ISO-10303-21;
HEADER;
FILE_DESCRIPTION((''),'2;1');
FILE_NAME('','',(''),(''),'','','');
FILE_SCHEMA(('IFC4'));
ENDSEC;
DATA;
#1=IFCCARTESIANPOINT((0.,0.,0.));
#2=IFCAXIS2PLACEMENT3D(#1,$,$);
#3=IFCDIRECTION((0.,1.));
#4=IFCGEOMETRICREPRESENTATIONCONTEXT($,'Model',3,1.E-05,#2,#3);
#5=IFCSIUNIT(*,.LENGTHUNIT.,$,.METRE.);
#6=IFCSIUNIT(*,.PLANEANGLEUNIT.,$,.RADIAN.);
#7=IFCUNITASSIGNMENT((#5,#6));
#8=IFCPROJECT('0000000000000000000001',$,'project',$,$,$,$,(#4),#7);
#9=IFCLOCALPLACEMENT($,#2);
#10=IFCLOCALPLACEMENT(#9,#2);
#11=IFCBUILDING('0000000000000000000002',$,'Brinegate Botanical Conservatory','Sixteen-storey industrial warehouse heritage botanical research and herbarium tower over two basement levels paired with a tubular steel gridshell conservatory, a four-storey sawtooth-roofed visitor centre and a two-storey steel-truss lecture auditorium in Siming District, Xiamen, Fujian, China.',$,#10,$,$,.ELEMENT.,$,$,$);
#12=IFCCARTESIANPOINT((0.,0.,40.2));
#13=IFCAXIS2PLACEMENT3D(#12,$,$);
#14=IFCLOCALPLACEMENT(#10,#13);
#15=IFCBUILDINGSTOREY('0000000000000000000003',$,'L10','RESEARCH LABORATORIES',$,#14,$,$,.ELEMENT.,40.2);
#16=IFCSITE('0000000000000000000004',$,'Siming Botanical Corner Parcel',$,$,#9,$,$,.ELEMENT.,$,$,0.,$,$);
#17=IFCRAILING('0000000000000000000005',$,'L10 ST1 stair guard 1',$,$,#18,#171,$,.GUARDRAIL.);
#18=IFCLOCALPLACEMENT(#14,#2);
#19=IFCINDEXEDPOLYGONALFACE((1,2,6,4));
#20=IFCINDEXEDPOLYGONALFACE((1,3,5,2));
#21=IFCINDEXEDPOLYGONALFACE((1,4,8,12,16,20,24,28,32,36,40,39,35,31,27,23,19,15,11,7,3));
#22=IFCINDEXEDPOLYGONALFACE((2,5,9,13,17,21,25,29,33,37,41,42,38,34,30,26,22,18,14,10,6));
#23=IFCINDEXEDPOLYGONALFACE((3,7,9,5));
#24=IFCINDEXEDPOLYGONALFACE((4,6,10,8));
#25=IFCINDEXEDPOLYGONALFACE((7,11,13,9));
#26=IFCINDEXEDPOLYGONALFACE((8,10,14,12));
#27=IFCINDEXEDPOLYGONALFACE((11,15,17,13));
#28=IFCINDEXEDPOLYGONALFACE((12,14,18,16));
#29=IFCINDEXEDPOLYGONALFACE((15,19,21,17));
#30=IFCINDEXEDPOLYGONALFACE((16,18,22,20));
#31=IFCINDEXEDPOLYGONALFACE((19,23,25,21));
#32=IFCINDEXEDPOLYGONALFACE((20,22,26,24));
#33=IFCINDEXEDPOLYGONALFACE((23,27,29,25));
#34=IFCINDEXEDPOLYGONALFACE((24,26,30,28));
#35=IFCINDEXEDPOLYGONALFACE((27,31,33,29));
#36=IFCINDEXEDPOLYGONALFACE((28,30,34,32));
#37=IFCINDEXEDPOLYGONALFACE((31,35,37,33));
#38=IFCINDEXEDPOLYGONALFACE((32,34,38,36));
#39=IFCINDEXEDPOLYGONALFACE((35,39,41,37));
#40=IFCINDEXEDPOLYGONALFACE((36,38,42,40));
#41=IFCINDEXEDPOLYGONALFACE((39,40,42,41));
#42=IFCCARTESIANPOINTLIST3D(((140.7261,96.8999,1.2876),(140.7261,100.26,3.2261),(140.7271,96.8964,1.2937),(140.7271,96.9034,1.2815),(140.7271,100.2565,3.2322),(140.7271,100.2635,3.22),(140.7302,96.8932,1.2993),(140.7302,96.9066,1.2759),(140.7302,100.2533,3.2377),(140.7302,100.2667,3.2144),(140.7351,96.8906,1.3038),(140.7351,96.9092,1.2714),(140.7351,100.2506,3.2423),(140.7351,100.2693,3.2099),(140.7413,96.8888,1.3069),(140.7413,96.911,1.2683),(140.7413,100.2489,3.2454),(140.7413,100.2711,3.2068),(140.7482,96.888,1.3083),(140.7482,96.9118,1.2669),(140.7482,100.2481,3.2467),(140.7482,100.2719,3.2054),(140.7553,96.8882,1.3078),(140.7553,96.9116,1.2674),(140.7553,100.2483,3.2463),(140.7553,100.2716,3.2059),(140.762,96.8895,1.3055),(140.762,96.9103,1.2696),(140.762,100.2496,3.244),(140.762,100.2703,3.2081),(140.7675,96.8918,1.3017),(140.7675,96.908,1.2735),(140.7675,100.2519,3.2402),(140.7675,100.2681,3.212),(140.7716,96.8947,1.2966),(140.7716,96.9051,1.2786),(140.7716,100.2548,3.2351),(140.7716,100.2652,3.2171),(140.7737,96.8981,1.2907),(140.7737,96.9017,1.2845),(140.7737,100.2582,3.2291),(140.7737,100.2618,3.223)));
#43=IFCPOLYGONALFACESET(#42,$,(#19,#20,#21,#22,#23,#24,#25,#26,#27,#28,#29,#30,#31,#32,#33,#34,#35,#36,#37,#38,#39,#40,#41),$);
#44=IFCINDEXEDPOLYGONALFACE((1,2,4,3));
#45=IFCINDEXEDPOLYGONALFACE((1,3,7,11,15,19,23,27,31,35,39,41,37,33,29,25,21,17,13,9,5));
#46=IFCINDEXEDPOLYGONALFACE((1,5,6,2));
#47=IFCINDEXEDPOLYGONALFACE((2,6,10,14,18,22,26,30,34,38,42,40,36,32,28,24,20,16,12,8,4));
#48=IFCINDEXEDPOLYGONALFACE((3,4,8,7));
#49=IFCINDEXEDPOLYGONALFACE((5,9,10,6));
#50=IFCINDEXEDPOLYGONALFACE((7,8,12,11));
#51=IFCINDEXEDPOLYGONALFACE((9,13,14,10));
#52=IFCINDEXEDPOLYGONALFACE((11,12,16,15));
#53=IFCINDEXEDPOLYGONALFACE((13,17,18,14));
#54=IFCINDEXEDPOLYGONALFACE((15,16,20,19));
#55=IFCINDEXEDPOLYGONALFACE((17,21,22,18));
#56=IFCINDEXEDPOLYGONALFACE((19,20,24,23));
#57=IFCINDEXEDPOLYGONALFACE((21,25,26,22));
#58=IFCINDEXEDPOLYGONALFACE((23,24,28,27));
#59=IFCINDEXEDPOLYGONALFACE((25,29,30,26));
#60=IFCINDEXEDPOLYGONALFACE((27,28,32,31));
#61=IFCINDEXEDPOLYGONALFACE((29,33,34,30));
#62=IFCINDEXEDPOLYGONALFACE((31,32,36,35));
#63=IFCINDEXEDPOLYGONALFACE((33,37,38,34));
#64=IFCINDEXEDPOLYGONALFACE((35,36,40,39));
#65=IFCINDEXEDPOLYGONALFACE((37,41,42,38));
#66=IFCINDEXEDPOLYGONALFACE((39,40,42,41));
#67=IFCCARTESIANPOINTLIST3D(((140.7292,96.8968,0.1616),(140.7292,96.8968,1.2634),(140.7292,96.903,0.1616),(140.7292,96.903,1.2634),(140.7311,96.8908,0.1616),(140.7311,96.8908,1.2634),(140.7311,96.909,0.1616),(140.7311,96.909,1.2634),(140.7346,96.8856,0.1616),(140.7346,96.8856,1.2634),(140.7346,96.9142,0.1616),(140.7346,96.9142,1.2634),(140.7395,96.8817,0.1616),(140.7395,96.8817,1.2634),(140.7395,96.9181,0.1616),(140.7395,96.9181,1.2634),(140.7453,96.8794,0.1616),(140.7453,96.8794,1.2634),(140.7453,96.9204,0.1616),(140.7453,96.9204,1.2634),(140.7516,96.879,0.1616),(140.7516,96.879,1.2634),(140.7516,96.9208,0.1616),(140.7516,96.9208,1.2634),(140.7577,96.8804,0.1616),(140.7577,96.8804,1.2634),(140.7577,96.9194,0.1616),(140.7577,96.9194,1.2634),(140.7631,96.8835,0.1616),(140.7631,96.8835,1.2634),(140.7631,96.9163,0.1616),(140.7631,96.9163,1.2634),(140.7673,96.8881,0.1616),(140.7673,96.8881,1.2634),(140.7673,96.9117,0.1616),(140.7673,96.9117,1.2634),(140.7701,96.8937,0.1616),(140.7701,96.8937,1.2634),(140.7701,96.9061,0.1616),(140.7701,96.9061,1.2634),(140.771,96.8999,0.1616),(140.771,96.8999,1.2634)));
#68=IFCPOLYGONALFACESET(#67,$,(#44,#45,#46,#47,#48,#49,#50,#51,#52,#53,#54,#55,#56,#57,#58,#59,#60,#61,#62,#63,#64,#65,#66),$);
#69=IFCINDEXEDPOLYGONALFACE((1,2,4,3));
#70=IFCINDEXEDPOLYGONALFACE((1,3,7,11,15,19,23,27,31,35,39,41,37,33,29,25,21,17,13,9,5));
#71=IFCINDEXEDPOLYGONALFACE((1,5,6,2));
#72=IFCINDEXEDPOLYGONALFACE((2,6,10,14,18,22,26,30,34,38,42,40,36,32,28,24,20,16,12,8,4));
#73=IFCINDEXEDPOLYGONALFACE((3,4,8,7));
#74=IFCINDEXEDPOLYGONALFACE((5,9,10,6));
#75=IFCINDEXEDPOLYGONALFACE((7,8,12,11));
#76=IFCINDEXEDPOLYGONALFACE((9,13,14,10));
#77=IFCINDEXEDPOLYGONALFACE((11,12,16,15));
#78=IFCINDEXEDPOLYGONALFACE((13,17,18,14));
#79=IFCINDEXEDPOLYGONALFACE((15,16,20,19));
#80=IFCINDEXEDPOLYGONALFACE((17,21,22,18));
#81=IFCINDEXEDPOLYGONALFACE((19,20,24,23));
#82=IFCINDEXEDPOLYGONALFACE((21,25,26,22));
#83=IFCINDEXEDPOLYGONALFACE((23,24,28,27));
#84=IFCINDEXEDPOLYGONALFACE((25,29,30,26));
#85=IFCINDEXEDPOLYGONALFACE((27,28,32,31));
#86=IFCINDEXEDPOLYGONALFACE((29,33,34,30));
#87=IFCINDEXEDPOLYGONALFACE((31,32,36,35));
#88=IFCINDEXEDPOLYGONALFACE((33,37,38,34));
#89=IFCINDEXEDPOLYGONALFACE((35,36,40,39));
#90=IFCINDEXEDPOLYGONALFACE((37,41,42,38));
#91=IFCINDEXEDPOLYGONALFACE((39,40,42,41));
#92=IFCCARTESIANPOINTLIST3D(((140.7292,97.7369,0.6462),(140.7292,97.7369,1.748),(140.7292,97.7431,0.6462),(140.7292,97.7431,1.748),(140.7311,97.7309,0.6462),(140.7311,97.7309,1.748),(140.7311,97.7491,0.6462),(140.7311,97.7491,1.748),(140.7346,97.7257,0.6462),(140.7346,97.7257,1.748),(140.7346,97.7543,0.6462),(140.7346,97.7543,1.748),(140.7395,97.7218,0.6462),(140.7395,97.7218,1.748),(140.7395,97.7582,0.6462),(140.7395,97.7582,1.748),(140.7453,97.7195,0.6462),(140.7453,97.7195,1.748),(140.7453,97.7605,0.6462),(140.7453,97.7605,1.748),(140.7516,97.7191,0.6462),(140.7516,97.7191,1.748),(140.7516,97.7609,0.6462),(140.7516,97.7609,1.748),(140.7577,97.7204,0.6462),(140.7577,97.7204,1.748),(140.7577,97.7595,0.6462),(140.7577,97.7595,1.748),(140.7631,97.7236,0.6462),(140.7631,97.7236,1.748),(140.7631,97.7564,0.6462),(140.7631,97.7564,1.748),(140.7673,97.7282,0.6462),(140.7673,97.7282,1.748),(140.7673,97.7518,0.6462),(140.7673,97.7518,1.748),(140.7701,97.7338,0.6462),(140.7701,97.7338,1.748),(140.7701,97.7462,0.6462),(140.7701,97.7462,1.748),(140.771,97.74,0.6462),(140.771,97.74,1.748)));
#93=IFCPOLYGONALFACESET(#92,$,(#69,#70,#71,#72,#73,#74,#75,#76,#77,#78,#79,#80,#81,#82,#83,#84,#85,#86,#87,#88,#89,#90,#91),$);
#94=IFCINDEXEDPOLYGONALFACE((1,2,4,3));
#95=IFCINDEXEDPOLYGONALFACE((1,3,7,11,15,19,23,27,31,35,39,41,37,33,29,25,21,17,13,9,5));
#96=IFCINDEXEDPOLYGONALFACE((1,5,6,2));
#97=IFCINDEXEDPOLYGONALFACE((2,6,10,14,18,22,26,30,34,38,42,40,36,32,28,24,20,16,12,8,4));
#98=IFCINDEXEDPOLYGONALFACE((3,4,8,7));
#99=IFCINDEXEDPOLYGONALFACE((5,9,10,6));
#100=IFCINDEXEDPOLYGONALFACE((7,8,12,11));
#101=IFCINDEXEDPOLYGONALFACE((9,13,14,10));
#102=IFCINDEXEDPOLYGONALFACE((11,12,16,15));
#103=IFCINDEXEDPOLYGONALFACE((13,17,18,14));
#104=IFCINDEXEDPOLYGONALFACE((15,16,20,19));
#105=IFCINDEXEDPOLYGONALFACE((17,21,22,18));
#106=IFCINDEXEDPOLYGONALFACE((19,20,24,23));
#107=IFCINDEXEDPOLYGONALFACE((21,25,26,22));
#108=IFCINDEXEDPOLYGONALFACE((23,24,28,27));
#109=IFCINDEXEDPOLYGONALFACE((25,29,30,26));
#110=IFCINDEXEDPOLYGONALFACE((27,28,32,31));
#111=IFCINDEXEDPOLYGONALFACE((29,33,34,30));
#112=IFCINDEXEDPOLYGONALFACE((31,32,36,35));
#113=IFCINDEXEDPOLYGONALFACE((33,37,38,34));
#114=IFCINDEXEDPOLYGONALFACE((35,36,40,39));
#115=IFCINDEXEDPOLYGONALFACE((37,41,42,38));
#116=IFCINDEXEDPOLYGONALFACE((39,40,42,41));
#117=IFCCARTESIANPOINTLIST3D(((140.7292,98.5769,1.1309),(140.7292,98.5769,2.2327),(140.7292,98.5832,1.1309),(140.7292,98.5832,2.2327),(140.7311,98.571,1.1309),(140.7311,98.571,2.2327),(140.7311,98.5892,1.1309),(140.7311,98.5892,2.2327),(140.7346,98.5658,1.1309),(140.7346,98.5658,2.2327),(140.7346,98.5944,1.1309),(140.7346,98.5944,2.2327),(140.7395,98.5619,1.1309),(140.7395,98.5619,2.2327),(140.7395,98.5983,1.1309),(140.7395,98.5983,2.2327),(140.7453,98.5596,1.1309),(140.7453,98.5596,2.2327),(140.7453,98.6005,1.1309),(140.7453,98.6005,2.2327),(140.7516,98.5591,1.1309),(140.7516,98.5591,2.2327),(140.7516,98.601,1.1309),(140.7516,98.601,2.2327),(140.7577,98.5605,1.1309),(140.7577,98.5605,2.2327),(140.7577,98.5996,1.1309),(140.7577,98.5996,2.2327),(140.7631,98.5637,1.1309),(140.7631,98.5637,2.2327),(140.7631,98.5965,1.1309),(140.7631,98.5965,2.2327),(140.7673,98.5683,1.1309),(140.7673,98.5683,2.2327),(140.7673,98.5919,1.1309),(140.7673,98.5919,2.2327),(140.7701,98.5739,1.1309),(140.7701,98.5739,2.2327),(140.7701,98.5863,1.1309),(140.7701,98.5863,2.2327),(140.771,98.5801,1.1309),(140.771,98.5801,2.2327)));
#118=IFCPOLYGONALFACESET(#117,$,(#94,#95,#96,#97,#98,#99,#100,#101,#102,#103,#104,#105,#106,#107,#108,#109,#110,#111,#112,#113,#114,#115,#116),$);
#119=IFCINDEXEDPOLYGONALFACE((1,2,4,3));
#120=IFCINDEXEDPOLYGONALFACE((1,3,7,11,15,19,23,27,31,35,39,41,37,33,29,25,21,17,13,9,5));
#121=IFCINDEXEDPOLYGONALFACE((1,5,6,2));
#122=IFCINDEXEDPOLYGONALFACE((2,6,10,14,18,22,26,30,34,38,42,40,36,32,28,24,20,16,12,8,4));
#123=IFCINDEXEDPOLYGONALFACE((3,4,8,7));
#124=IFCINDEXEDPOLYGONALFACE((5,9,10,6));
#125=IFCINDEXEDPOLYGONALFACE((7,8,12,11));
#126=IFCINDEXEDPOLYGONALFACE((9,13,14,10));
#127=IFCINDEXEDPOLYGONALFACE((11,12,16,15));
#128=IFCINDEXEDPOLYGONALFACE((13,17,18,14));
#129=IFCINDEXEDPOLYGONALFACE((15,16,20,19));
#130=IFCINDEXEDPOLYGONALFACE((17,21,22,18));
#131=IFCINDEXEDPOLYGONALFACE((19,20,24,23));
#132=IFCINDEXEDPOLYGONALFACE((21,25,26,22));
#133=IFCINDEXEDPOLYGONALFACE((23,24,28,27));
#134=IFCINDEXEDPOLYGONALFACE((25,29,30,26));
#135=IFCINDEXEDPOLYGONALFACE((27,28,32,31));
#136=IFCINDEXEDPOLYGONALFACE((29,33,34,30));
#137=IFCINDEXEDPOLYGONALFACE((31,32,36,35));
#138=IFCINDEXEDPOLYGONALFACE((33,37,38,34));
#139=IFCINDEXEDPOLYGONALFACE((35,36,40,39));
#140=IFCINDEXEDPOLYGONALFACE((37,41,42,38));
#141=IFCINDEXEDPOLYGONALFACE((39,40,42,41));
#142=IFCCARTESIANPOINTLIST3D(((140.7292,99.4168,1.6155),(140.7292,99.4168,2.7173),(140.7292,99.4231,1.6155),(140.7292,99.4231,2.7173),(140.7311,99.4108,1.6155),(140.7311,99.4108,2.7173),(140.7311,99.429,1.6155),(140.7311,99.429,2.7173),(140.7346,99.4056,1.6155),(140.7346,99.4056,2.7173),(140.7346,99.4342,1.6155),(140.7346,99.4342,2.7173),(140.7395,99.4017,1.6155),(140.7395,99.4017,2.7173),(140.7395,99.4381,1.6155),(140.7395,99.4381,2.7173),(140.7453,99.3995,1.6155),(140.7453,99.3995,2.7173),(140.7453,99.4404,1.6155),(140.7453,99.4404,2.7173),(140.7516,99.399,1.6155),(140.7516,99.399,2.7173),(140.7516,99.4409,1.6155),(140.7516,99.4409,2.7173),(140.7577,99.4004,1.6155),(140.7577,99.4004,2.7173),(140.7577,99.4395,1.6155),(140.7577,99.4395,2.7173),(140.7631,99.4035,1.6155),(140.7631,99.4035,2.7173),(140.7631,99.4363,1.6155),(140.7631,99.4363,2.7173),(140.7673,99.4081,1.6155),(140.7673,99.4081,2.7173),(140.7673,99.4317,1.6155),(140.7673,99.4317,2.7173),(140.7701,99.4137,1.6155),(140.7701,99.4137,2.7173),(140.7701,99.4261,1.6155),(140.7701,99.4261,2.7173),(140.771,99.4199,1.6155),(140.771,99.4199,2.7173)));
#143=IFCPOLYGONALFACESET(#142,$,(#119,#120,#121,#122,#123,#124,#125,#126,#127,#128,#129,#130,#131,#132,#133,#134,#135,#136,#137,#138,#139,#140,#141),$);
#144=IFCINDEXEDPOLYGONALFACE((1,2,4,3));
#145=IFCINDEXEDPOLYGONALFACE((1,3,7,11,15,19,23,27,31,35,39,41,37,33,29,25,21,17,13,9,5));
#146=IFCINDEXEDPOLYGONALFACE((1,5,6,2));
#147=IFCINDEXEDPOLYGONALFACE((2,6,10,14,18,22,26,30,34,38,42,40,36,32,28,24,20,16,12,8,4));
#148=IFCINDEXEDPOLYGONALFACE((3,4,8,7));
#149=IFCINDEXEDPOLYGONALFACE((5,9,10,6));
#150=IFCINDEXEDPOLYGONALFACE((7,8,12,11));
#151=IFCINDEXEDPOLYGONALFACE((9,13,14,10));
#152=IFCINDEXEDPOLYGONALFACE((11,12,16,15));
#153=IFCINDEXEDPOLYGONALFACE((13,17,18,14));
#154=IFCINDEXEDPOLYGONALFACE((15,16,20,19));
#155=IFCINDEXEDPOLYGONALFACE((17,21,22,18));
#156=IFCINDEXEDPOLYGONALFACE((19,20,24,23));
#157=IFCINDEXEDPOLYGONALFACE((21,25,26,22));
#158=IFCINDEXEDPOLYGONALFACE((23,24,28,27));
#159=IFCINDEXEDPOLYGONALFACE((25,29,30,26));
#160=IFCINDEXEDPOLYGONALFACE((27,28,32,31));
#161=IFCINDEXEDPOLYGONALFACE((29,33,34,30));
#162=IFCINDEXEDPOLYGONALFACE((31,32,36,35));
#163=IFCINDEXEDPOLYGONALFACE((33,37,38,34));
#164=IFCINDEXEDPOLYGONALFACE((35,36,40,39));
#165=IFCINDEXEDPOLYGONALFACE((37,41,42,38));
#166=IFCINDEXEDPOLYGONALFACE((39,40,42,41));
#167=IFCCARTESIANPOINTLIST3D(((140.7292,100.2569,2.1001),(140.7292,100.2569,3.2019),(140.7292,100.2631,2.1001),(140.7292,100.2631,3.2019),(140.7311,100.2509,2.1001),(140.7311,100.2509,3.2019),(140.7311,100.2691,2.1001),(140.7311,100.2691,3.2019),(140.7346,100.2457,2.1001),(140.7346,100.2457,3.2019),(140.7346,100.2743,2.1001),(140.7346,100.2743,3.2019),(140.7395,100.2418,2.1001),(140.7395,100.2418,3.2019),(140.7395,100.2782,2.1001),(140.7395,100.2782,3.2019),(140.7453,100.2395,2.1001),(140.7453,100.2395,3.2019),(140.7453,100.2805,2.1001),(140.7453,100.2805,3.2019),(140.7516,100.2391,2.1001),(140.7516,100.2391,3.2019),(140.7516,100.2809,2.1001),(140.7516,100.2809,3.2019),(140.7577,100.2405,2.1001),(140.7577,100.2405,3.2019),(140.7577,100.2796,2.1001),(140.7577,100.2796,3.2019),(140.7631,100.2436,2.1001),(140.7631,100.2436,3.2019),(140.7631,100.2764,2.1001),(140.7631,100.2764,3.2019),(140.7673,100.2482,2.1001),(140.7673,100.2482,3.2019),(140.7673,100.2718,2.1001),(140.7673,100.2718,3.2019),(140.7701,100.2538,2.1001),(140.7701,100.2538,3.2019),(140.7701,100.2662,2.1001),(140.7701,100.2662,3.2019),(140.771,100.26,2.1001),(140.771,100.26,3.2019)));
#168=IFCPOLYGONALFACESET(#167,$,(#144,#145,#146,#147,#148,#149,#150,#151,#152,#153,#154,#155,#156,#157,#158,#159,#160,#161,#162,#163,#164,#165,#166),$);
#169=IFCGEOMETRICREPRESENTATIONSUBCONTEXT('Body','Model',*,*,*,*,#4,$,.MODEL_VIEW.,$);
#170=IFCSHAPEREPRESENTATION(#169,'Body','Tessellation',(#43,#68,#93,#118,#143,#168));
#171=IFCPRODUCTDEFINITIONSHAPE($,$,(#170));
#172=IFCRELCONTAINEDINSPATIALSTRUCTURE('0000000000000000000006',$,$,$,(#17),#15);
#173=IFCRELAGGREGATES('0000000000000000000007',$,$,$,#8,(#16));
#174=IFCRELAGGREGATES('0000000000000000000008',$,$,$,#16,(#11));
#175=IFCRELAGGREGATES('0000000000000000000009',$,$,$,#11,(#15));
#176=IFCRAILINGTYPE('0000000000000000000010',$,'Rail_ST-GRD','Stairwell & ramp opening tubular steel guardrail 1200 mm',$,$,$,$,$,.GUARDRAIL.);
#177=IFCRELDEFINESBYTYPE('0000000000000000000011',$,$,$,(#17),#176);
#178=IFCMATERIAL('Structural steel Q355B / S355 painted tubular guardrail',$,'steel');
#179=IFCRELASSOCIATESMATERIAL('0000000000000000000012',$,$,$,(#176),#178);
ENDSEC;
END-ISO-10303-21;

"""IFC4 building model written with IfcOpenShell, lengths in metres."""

from ifc_helpers import new_model, si_unit, direction, frame, origin, origin_2d, place, context, subcontext, project, spatial, circle, extrude, material, type_object, element, save


model = new_model("IFC4")

# Units and contexts
model_context = context("Model", 3, precision=1e-05, world=origin(), true_north=direction((0.0, 1.0)))
body_context = subcontext(model_context, "Body", "Model", "MODEL_VIEW")
ifc_project = project(units=[si_unit("LENGTHUNIT", "METRE"), si_unit("PLANEANGLEUNIT", "RADIAN")], contexts=[model_context])

# Site, building, storey
site_placement = place(None, origin())
site = spatial("IfcSite", under=ifc_project, at=site_placement, Name="Siming Botanical Corner Parcel", CompositionType="ELEMENT", RefElevation=0.0)
building_placement = place(site_placement, origin())
building = spatial("IfcBuilding", under=site, at=building_placement, Name="Brinegate Botanical Conservatory", Description="Sixteen-storey industrial warehouse heritage botanical research and herbarium tower over two basement levels paired with a tubular steel gridshell conservatory, a four-storey sawtooth-roofed visitor centre and a two-storey steel-truss lecture auditorium in Siming District, Xiamen, Fujian, China.", CompositionType="ELEMENT")
storey_placement = place(building_placement, frame((0.0, 0.0, 40.2)))
storey = spatial("IfcBuildingStorey", under=building, at=storey_placement, Name="L10", Description="RESEARCH LABORATORIES", CompositionType="ELEMENT", Elevation=40.2)

# Railing
ifc_material_1 = material(Name="Structural steel Q355B / S355 painted tubular guardrail", Category="steel")
railing_type_1 = type_object("IfcRailingType", Name="Rail_ST-GRD", Description="Stairwell & ramp opening tubular steel guardrail 1200 mm", PredefinedType="GUARDRAIL", material=ifc_material_1)
railing_1_placement = place(storey_placement, frame((140.75, 96.8999, 0.1616)))
element("IfcRailing", 1, at=railing_1_placement, inside=storey, type_object=railing_type_1, Name="L10 ST1 stair guard 1", PredefinedType="GUARDRAIL", context=body_context, shape_type="SweptSolid", body=[
    extrude(circle(Radius=0.0239, at=origin_2d()), frame((0.0, 0.0, 1.126), z_axis=(0.0, 0.866191, 0.499713), x_axis=(-1.0, 0.0, 0.0)), (0.0, 0.0, 1.0), 3.8792),
    extrude(circle(Radius=0.021, at=origin_2d()), origin(), (0.0, 0.0, 1.0), 1.1018),
    extrude(circle(Radius=0.021, at=origin_2d()), frame((0.0, 0.8401, 0.4846)), (0.0, 0.0, 1.0), 1.1018),
    extrude(circle(Radius=0.021, at=origin_2d()), frame((0.0, 1.6802, 0.9692)), (0.0, 0.0, 1.0), 1.1018),
    extrude(circle(Radius=0.021, at=origin_2d()), frame((0.0, 2.52, 1.4539)), (0.0, 0.0, 1.0), 1.1018),
    extrude(circle(Radius=0.021, at=origin_2d()), frame((0.0, 3.3601, 1.9385)), (0.0, 0.0, 1.0), 1.1018),
])

save(model, "model.ifc")
